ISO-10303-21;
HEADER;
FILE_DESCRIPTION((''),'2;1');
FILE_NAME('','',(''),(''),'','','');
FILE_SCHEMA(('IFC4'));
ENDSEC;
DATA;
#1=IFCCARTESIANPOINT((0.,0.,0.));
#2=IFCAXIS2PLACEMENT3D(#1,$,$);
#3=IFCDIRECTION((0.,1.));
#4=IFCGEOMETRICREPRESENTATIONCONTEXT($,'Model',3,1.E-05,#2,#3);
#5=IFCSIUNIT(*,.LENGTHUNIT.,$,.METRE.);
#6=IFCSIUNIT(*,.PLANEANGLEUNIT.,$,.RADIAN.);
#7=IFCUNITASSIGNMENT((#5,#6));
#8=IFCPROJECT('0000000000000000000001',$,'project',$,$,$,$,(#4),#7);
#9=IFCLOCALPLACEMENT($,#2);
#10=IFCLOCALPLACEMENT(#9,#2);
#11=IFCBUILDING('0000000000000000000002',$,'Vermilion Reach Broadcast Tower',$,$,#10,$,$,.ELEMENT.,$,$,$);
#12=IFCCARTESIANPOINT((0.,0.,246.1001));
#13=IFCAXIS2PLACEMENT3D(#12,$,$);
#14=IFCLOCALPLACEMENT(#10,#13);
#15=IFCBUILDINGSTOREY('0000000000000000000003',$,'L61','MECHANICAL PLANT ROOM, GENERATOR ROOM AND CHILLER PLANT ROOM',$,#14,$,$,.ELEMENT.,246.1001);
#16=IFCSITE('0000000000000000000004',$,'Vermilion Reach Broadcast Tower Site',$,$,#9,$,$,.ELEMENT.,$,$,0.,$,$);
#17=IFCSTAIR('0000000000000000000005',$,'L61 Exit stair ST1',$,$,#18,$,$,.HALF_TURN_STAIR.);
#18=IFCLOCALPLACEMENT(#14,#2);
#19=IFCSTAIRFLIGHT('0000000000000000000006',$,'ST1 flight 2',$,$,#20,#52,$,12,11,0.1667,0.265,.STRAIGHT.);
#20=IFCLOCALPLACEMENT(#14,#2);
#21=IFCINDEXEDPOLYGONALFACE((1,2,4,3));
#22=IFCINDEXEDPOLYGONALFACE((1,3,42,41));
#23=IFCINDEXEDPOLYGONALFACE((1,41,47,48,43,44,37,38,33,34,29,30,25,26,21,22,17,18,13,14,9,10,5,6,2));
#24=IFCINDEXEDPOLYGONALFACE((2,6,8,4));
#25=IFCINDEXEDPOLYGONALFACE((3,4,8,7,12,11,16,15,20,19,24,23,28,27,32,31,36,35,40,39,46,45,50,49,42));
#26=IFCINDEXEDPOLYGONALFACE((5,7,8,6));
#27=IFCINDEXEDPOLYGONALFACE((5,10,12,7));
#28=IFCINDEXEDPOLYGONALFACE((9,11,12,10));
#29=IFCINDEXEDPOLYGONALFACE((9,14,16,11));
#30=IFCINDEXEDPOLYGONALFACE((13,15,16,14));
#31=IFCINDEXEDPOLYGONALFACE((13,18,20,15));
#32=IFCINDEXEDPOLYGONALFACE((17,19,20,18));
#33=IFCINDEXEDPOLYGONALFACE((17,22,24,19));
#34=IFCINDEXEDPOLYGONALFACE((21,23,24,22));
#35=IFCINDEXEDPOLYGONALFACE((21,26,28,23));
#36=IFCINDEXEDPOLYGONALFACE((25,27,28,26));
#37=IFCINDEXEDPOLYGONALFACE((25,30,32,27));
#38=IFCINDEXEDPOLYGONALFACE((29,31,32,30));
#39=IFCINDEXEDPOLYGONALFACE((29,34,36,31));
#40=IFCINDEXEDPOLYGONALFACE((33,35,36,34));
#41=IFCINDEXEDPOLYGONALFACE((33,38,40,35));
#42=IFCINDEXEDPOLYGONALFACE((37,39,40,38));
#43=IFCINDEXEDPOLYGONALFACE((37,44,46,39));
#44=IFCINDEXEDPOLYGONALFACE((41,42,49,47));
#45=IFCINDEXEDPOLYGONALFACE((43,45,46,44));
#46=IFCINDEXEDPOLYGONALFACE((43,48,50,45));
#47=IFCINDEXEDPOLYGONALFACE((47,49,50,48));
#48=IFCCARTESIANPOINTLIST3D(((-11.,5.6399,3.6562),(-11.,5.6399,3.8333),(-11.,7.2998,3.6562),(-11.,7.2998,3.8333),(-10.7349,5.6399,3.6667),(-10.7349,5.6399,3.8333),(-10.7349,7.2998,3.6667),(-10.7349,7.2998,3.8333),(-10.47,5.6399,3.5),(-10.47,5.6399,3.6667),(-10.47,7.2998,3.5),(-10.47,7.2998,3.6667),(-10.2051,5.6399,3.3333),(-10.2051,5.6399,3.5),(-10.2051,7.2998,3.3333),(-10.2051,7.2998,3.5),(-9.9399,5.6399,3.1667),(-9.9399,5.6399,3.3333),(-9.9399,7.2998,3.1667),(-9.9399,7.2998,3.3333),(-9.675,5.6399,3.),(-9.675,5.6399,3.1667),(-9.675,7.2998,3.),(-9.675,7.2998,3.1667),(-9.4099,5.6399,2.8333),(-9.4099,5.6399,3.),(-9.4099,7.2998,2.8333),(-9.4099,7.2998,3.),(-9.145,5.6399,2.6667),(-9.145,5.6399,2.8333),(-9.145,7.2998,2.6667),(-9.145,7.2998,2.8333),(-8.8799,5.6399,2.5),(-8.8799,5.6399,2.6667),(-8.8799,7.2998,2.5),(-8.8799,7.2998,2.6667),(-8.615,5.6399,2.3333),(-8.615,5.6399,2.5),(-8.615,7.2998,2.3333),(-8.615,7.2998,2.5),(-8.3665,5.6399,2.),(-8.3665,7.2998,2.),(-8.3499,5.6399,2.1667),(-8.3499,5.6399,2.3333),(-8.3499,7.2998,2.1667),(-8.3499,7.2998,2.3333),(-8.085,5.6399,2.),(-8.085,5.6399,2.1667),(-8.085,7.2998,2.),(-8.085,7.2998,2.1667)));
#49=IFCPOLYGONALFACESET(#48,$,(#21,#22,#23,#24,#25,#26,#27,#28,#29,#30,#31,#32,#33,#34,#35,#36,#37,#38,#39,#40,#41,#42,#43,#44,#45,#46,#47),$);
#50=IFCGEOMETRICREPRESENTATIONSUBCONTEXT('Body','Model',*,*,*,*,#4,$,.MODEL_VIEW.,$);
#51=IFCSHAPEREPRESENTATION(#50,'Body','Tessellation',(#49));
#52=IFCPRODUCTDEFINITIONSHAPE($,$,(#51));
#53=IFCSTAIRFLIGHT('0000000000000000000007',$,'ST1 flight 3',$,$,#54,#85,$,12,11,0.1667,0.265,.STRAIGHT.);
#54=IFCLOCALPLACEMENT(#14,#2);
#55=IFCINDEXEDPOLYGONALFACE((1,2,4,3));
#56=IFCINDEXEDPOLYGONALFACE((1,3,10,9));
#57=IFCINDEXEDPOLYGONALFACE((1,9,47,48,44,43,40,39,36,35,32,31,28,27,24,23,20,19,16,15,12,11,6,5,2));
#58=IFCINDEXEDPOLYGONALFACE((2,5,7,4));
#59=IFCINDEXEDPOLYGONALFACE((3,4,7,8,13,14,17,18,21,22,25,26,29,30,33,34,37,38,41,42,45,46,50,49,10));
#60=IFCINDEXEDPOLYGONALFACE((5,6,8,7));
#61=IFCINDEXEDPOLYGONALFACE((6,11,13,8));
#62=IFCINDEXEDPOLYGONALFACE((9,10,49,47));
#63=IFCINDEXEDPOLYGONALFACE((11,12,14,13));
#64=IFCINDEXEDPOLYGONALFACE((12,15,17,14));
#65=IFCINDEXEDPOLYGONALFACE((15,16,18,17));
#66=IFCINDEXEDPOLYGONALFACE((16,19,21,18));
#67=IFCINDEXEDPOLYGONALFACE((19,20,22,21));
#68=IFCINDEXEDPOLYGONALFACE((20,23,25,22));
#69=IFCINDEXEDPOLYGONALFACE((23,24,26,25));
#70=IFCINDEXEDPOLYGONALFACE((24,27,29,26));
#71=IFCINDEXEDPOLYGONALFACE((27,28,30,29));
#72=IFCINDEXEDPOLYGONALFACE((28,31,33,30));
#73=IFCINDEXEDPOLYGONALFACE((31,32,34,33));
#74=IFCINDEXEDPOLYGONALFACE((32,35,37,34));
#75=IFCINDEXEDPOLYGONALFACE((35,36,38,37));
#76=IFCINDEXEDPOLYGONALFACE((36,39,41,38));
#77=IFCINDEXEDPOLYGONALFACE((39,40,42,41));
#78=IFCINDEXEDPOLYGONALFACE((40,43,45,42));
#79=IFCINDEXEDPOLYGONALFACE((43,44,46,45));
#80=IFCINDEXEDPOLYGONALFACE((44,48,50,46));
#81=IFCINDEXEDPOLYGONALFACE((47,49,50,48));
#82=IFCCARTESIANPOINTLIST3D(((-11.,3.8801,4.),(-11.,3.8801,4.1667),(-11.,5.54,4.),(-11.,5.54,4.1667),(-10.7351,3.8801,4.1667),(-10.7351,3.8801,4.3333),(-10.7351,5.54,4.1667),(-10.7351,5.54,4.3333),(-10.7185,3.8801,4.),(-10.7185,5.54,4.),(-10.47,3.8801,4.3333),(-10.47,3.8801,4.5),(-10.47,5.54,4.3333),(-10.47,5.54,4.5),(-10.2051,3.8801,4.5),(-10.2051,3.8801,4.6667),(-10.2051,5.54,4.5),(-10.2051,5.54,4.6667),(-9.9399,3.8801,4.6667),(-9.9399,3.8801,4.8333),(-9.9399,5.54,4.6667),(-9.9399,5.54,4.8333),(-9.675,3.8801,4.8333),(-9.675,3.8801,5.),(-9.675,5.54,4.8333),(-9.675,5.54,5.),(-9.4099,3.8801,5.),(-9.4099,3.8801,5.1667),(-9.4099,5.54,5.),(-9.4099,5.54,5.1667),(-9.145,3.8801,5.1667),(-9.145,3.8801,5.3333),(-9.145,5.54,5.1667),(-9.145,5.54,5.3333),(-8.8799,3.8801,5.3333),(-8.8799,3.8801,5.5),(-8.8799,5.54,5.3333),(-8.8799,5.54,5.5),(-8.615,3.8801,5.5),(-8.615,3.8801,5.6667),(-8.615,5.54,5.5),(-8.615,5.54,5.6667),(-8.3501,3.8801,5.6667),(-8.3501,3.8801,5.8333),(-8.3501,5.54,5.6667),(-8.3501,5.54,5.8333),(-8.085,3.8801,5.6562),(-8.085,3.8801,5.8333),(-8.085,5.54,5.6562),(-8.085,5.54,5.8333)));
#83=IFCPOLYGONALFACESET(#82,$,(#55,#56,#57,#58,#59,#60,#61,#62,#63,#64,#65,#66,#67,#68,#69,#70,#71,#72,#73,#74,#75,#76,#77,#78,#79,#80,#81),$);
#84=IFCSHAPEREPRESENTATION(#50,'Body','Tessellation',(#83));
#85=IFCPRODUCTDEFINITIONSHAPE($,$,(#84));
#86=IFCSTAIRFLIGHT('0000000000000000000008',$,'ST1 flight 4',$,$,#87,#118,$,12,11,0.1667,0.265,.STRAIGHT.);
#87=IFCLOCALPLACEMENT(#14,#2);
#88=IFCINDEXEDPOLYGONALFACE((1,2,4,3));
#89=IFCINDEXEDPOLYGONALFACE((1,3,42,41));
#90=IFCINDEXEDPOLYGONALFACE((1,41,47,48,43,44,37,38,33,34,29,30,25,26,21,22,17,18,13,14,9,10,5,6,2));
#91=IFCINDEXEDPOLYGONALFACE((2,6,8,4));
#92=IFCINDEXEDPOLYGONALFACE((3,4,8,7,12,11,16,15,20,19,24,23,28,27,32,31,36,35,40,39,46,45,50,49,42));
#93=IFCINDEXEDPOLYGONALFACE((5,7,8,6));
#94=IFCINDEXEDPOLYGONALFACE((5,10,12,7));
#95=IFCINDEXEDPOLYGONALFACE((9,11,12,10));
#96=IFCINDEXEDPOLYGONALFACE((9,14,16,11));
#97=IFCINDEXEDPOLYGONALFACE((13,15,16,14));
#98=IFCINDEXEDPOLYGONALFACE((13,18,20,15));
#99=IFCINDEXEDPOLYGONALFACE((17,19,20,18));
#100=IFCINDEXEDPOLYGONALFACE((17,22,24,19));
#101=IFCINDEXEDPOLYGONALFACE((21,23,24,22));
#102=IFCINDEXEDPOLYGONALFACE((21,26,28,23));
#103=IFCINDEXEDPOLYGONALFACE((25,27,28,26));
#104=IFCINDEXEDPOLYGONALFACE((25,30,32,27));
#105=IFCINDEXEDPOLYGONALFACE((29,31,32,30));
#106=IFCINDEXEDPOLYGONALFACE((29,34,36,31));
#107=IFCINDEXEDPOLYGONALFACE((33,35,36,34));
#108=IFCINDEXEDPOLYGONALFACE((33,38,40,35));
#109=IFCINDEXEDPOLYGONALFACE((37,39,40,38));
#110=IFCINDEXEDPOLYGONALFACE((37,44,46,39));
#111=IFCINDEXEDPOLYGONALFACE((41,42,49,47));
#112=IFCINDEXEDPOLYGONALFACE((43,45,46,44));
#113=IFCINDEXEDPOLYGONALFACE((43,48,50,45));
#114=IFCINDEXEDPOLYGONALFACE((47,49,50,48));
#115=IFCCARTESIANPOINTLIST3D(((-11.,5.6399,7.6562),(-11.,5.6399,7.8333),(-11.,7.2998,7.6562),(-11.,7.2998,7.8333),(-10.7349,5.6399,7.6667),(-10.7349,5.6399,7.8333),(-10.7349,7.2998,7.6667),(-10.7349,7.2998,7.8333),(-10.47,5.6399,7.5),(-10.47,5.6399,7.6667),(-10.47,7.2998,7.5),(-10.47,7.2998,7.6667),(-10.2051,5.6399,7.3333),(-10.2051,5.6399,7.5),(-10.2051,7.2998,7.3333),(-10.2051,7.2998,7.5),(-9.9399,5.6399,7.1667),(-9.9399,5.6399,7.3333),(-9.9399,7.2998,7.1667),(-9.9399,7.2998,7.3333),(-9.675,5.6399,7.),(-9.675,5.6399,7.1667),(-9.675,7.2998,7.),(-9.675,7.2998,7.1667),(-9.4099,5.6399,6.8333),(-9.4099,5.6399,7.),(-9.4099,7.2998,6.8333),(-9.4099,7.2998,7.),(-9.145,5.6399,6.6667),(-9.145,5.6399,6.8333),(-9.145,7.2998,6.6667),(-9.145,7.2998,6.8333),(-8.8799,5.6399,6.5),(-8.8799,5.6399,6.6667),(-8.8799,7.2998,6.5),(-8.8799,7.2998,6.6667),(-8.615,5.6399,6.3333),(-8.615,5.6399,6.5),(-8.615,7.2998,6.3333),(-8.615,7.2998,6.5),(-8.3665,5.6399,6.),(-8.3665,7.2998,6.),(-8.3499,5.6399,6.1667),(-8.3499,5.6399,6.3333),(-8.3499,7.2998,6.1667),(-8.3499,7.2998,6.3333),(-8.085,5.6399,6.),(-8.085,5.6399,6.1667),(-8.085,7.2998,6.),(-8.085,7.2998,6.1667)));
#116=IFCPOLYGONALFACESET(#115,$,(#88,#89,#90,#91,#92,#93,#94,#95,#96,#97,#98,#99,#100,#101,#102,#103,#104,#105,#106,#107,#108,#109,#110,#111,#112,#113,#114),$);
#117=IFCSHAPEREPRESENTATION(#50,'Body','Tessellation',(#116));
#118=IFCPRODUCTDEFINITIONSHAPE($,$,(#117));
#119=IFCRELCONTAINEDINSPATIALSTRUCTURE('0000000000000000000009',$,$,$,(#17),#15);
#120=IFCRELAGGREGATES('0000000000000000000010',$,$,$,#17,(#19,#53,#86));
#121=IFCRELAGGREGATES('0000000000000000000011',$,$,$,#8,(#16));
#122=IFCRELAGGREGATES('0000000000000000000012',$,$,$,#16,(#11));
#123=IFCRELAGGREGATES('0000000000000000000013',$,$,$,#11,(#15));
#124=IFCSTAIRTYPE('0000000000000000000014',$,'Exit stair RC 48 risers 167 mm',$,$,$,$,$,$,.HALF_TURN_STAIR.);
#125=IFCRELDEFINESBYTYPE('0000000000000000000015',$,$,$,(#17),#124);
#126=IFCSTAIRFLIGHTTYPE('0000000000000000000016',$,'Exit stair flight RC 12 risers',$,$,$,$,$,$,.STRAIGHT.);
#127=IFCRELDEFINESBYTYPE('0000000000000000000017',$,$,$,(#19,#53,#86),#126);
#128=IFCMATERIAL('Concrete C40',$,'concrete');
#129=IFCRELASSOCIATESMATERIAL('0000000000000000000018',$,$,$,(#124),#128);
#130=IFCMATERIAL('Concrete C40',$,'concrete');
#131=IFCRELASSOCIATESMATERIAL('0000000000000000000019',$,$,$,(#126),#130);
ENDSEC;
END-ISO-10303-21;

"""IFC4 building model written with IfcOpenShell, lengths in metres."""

from ifc_helpers import new_model, si_unit, direction, frame, origin, place, context, subcontext, project, spatial, polyline, outline, extrude, material, type_object, element, aggregate, save


model = new_model("IFC4")

# Units and contexts
model_context = context("Model", 3, precision=1e-05, world=origin(), true_north=direction((0.0, 1.0)))
body_context = subcontext(model_context, "Body", "Model", "MODEL_VIEW")
ifc_project = project(units=[si_unit("LENGTHUNIT", "METRE"), si_unit("PLANEANGLEUNIT", "RADIAN")], contexts=[model_context])

# Site, building, storey
site_placement = place(None, origin())
site = spatial("IfcSite", under=ifc_project, at=site_placement, Name="Vermilion Reach Broadcast Tower Site", CompositionType="ELEMENT", RefElevation=0.0)
building_placement = place(site_placement, origin())
building = spatial("IfcBuilding", under=site, at=building_placement, Name="Vermilion Reach Broadcast Tower", CompositionType="ELEMENT")
storey_placement = place(building_placement, frame((0.0, 0.0, 246.1001)))
storey = spatial("IfcBuildingStorey", under=building, at=storey_placement, Name="L61", Description="MECHANICAL PLANT ROOM, GENERATOR ROOM AND CHILLER PLANT ROOM", CompositionType="ELEMENT", Elevation=246.1001)

# Stair, stair flights
ifc_material_1 = material(Name="Concrete C40", Category="concrete")
stair_type = type_object("IfcStairType", Name="Exit stair RC 48 risers 167 mm", PredefinedType="HALF_TURN_STAIR", material=ifc_material_1)
stair_placement = place(storey_placement, origin())
stair = element("IfcStair", 1, at=stair_placement, inside=storey, type_object=stair_type, Name="L61 Exit stair ST1", PredefinedType="HALF_TURN_STAIR")
ifc_material_2 = material(Name="Concrete C40", Category="concrete")
stair_flight_type = type_object("IfcStairFlightType", Name="Exit stair flight RC 12 risers", PredefinedType="STRAIGHT", material=ifc_material_2)
stair_flight_1_placement = place(storey_placement, frame((-8.085, 6.47, 2.0), z_axis=(0.0, 0.0, 1.0), x_axis=(-1.0, 0.0, 0.0)))
stair_flight_1 = element("IfcStairFlight", 2, at=stair_flight_1_placement, type_object=stair_flight_type, Name="ST1 flight 2", NumberOfRisers=12, NumberOfTreads=11, PredefinedType="STRAIGHT", RiserHeight=0.1667, TreadLength=0.265, context=body_context, shape_type="SweptSolid", body=[
    extrude(outline(polyline([(0.0, 0.0), (0.0, 0.1667), (0.2649, 0.1667), (0.2649, 0.3333), (0.53, 0.3333), (0.53, 0.5), (0.7949, 0.5), (0.7949, 0.6667), (1.0601, 0.6667), (1.0601, 0.8333), (1.325, 0.8333), (1.325, 1.0), (1.5901, 1.0), (1.5901, 1.1667), (1.855, 1.1667), (1.855, 1.3333), (2.1201, 1.3333), (2.1201, 1.5), (2.385, 1.5), (2.385, 1.6667), (2.6499, 1.6667), (2.6499, 1.8333), (2.915, 1.8333), (2.915, 2.0), (2.915, 1.6562), (0.2815, 0.0), (0.0, 0.0)])), frame((0.0, 0.8301, 0.0), z_axis=(0.0, -1.0, 0.0), x_axis=(1.0, 0.0, 0.0)), (0.0, 0.0, 1.0), 1.6599),
])
stair_flight_2_placement = place(storey_placement, frame((-11.0, 4.71, 4.0), z_axis=(0.0, 0.0, 1.0), x_axis=(1.0, 0.0, 0.0)))
stair_flight_2 = element("IfcStairFlight", 3, at=stair_flight_2_placement, type_object=stair_flight_type, Name="ST1 flight 3", NumberOfRisers=12, NumberOfTreads=11, PredefinedType="STRAIGHT", RiserHeight=0.1667, TreadLength=0.265, context=body_context, shape_type="SweptSolid", body=[
    extrude(outline(polyline([(0.0, 0.0), (0.0, 0.1667), (0.2649, 0.1667), (0.2649, 0.3333), (0.53, 0.3333), (0.53, 0.5), (0.7949, 0.5), (0.7949, 0.6667), (1.0601, 0.6667), (1.0601, 0.8333), (1.325, 0.8333), (1.325, 1.0), (1.5901, 1.0), (1.5901, 1.1667), (1.855, 1.1667), (1.855, 1.3333), (2.1201, 1.3333), (2.1201, 1.5), (2.385, 1.5), (2.385, 1.6667), (2.6499, 1.6667), (2.6499, 1.8333), (2.915, 1.8333), (2.915, 2.0), (2.915, 1.6562), (0.2815, 0.0), (0.0, 0.0)])), frame((0.0, 0.8301, 0.0), z_axis=(0.0, -1.0, 0.0), x_axis=(1.0, 0.0, 0.0)), (0.0, 0.0, 1.0), 1.6599),
])
stair_flight_3_placement = place(storey_placement, frame((-8.085, 6.47, 6.0), z_axis=(0.0, 0.0, 1.0), x_axis=(-1.0, 0.0, 0.0)))
stair_flight_3 = element("IfcStairFlight", 4, at=stair_flight_3_placement, type_object=stair_flight_type, Name="ST1 flight 4", NumberOfRisers=12, NumberOfTreads=11, PredefinedType="STRAIGHT", RiserHeight=0.1667, TreadLength=0.265, context=body_context, shape_type="SweptSolid", body=[
    extrude(outline(polyline([(0.0, 0.0), (0.0, 0.1667), (0.2649, 0.1667), (0.2649, 0.3333), (0.53, 0.3333), (0.53, 0.5), (0.7949, 0.5), (0.7949, 0.6667), (1.0601, 0.6667), (1.0601, 0.8333), (1.325, 0.8333), (1.325, 1.0), (1.5901, 1.0), (1.5901, 1.1667), (1.855, 1.1667), (1.855, 1.3333), (2.1201, 1.3333), (2.1201, 1.5), (2.385, 1.5), (2.385, 1.6667), (2.6499, 1.6667), (2.6499, 1.8333), (2.915, 1.8333), (2.915, 2.0), (2.915, 1.6562), (0.2815, 0.0), (0.0, 0.0)])), frame((0.0, 0.8301, 0.0), z_axis=(0.0, -1.0, 0.0), x_axis=(1.0, 0.0, 0.0)), (0.0, 0.0, 1.0), 1.6599),
])
aggregate(stair, [stair_flight_1, stair_flight_2, stair_flight_3])

save(model, "model.ifc")
